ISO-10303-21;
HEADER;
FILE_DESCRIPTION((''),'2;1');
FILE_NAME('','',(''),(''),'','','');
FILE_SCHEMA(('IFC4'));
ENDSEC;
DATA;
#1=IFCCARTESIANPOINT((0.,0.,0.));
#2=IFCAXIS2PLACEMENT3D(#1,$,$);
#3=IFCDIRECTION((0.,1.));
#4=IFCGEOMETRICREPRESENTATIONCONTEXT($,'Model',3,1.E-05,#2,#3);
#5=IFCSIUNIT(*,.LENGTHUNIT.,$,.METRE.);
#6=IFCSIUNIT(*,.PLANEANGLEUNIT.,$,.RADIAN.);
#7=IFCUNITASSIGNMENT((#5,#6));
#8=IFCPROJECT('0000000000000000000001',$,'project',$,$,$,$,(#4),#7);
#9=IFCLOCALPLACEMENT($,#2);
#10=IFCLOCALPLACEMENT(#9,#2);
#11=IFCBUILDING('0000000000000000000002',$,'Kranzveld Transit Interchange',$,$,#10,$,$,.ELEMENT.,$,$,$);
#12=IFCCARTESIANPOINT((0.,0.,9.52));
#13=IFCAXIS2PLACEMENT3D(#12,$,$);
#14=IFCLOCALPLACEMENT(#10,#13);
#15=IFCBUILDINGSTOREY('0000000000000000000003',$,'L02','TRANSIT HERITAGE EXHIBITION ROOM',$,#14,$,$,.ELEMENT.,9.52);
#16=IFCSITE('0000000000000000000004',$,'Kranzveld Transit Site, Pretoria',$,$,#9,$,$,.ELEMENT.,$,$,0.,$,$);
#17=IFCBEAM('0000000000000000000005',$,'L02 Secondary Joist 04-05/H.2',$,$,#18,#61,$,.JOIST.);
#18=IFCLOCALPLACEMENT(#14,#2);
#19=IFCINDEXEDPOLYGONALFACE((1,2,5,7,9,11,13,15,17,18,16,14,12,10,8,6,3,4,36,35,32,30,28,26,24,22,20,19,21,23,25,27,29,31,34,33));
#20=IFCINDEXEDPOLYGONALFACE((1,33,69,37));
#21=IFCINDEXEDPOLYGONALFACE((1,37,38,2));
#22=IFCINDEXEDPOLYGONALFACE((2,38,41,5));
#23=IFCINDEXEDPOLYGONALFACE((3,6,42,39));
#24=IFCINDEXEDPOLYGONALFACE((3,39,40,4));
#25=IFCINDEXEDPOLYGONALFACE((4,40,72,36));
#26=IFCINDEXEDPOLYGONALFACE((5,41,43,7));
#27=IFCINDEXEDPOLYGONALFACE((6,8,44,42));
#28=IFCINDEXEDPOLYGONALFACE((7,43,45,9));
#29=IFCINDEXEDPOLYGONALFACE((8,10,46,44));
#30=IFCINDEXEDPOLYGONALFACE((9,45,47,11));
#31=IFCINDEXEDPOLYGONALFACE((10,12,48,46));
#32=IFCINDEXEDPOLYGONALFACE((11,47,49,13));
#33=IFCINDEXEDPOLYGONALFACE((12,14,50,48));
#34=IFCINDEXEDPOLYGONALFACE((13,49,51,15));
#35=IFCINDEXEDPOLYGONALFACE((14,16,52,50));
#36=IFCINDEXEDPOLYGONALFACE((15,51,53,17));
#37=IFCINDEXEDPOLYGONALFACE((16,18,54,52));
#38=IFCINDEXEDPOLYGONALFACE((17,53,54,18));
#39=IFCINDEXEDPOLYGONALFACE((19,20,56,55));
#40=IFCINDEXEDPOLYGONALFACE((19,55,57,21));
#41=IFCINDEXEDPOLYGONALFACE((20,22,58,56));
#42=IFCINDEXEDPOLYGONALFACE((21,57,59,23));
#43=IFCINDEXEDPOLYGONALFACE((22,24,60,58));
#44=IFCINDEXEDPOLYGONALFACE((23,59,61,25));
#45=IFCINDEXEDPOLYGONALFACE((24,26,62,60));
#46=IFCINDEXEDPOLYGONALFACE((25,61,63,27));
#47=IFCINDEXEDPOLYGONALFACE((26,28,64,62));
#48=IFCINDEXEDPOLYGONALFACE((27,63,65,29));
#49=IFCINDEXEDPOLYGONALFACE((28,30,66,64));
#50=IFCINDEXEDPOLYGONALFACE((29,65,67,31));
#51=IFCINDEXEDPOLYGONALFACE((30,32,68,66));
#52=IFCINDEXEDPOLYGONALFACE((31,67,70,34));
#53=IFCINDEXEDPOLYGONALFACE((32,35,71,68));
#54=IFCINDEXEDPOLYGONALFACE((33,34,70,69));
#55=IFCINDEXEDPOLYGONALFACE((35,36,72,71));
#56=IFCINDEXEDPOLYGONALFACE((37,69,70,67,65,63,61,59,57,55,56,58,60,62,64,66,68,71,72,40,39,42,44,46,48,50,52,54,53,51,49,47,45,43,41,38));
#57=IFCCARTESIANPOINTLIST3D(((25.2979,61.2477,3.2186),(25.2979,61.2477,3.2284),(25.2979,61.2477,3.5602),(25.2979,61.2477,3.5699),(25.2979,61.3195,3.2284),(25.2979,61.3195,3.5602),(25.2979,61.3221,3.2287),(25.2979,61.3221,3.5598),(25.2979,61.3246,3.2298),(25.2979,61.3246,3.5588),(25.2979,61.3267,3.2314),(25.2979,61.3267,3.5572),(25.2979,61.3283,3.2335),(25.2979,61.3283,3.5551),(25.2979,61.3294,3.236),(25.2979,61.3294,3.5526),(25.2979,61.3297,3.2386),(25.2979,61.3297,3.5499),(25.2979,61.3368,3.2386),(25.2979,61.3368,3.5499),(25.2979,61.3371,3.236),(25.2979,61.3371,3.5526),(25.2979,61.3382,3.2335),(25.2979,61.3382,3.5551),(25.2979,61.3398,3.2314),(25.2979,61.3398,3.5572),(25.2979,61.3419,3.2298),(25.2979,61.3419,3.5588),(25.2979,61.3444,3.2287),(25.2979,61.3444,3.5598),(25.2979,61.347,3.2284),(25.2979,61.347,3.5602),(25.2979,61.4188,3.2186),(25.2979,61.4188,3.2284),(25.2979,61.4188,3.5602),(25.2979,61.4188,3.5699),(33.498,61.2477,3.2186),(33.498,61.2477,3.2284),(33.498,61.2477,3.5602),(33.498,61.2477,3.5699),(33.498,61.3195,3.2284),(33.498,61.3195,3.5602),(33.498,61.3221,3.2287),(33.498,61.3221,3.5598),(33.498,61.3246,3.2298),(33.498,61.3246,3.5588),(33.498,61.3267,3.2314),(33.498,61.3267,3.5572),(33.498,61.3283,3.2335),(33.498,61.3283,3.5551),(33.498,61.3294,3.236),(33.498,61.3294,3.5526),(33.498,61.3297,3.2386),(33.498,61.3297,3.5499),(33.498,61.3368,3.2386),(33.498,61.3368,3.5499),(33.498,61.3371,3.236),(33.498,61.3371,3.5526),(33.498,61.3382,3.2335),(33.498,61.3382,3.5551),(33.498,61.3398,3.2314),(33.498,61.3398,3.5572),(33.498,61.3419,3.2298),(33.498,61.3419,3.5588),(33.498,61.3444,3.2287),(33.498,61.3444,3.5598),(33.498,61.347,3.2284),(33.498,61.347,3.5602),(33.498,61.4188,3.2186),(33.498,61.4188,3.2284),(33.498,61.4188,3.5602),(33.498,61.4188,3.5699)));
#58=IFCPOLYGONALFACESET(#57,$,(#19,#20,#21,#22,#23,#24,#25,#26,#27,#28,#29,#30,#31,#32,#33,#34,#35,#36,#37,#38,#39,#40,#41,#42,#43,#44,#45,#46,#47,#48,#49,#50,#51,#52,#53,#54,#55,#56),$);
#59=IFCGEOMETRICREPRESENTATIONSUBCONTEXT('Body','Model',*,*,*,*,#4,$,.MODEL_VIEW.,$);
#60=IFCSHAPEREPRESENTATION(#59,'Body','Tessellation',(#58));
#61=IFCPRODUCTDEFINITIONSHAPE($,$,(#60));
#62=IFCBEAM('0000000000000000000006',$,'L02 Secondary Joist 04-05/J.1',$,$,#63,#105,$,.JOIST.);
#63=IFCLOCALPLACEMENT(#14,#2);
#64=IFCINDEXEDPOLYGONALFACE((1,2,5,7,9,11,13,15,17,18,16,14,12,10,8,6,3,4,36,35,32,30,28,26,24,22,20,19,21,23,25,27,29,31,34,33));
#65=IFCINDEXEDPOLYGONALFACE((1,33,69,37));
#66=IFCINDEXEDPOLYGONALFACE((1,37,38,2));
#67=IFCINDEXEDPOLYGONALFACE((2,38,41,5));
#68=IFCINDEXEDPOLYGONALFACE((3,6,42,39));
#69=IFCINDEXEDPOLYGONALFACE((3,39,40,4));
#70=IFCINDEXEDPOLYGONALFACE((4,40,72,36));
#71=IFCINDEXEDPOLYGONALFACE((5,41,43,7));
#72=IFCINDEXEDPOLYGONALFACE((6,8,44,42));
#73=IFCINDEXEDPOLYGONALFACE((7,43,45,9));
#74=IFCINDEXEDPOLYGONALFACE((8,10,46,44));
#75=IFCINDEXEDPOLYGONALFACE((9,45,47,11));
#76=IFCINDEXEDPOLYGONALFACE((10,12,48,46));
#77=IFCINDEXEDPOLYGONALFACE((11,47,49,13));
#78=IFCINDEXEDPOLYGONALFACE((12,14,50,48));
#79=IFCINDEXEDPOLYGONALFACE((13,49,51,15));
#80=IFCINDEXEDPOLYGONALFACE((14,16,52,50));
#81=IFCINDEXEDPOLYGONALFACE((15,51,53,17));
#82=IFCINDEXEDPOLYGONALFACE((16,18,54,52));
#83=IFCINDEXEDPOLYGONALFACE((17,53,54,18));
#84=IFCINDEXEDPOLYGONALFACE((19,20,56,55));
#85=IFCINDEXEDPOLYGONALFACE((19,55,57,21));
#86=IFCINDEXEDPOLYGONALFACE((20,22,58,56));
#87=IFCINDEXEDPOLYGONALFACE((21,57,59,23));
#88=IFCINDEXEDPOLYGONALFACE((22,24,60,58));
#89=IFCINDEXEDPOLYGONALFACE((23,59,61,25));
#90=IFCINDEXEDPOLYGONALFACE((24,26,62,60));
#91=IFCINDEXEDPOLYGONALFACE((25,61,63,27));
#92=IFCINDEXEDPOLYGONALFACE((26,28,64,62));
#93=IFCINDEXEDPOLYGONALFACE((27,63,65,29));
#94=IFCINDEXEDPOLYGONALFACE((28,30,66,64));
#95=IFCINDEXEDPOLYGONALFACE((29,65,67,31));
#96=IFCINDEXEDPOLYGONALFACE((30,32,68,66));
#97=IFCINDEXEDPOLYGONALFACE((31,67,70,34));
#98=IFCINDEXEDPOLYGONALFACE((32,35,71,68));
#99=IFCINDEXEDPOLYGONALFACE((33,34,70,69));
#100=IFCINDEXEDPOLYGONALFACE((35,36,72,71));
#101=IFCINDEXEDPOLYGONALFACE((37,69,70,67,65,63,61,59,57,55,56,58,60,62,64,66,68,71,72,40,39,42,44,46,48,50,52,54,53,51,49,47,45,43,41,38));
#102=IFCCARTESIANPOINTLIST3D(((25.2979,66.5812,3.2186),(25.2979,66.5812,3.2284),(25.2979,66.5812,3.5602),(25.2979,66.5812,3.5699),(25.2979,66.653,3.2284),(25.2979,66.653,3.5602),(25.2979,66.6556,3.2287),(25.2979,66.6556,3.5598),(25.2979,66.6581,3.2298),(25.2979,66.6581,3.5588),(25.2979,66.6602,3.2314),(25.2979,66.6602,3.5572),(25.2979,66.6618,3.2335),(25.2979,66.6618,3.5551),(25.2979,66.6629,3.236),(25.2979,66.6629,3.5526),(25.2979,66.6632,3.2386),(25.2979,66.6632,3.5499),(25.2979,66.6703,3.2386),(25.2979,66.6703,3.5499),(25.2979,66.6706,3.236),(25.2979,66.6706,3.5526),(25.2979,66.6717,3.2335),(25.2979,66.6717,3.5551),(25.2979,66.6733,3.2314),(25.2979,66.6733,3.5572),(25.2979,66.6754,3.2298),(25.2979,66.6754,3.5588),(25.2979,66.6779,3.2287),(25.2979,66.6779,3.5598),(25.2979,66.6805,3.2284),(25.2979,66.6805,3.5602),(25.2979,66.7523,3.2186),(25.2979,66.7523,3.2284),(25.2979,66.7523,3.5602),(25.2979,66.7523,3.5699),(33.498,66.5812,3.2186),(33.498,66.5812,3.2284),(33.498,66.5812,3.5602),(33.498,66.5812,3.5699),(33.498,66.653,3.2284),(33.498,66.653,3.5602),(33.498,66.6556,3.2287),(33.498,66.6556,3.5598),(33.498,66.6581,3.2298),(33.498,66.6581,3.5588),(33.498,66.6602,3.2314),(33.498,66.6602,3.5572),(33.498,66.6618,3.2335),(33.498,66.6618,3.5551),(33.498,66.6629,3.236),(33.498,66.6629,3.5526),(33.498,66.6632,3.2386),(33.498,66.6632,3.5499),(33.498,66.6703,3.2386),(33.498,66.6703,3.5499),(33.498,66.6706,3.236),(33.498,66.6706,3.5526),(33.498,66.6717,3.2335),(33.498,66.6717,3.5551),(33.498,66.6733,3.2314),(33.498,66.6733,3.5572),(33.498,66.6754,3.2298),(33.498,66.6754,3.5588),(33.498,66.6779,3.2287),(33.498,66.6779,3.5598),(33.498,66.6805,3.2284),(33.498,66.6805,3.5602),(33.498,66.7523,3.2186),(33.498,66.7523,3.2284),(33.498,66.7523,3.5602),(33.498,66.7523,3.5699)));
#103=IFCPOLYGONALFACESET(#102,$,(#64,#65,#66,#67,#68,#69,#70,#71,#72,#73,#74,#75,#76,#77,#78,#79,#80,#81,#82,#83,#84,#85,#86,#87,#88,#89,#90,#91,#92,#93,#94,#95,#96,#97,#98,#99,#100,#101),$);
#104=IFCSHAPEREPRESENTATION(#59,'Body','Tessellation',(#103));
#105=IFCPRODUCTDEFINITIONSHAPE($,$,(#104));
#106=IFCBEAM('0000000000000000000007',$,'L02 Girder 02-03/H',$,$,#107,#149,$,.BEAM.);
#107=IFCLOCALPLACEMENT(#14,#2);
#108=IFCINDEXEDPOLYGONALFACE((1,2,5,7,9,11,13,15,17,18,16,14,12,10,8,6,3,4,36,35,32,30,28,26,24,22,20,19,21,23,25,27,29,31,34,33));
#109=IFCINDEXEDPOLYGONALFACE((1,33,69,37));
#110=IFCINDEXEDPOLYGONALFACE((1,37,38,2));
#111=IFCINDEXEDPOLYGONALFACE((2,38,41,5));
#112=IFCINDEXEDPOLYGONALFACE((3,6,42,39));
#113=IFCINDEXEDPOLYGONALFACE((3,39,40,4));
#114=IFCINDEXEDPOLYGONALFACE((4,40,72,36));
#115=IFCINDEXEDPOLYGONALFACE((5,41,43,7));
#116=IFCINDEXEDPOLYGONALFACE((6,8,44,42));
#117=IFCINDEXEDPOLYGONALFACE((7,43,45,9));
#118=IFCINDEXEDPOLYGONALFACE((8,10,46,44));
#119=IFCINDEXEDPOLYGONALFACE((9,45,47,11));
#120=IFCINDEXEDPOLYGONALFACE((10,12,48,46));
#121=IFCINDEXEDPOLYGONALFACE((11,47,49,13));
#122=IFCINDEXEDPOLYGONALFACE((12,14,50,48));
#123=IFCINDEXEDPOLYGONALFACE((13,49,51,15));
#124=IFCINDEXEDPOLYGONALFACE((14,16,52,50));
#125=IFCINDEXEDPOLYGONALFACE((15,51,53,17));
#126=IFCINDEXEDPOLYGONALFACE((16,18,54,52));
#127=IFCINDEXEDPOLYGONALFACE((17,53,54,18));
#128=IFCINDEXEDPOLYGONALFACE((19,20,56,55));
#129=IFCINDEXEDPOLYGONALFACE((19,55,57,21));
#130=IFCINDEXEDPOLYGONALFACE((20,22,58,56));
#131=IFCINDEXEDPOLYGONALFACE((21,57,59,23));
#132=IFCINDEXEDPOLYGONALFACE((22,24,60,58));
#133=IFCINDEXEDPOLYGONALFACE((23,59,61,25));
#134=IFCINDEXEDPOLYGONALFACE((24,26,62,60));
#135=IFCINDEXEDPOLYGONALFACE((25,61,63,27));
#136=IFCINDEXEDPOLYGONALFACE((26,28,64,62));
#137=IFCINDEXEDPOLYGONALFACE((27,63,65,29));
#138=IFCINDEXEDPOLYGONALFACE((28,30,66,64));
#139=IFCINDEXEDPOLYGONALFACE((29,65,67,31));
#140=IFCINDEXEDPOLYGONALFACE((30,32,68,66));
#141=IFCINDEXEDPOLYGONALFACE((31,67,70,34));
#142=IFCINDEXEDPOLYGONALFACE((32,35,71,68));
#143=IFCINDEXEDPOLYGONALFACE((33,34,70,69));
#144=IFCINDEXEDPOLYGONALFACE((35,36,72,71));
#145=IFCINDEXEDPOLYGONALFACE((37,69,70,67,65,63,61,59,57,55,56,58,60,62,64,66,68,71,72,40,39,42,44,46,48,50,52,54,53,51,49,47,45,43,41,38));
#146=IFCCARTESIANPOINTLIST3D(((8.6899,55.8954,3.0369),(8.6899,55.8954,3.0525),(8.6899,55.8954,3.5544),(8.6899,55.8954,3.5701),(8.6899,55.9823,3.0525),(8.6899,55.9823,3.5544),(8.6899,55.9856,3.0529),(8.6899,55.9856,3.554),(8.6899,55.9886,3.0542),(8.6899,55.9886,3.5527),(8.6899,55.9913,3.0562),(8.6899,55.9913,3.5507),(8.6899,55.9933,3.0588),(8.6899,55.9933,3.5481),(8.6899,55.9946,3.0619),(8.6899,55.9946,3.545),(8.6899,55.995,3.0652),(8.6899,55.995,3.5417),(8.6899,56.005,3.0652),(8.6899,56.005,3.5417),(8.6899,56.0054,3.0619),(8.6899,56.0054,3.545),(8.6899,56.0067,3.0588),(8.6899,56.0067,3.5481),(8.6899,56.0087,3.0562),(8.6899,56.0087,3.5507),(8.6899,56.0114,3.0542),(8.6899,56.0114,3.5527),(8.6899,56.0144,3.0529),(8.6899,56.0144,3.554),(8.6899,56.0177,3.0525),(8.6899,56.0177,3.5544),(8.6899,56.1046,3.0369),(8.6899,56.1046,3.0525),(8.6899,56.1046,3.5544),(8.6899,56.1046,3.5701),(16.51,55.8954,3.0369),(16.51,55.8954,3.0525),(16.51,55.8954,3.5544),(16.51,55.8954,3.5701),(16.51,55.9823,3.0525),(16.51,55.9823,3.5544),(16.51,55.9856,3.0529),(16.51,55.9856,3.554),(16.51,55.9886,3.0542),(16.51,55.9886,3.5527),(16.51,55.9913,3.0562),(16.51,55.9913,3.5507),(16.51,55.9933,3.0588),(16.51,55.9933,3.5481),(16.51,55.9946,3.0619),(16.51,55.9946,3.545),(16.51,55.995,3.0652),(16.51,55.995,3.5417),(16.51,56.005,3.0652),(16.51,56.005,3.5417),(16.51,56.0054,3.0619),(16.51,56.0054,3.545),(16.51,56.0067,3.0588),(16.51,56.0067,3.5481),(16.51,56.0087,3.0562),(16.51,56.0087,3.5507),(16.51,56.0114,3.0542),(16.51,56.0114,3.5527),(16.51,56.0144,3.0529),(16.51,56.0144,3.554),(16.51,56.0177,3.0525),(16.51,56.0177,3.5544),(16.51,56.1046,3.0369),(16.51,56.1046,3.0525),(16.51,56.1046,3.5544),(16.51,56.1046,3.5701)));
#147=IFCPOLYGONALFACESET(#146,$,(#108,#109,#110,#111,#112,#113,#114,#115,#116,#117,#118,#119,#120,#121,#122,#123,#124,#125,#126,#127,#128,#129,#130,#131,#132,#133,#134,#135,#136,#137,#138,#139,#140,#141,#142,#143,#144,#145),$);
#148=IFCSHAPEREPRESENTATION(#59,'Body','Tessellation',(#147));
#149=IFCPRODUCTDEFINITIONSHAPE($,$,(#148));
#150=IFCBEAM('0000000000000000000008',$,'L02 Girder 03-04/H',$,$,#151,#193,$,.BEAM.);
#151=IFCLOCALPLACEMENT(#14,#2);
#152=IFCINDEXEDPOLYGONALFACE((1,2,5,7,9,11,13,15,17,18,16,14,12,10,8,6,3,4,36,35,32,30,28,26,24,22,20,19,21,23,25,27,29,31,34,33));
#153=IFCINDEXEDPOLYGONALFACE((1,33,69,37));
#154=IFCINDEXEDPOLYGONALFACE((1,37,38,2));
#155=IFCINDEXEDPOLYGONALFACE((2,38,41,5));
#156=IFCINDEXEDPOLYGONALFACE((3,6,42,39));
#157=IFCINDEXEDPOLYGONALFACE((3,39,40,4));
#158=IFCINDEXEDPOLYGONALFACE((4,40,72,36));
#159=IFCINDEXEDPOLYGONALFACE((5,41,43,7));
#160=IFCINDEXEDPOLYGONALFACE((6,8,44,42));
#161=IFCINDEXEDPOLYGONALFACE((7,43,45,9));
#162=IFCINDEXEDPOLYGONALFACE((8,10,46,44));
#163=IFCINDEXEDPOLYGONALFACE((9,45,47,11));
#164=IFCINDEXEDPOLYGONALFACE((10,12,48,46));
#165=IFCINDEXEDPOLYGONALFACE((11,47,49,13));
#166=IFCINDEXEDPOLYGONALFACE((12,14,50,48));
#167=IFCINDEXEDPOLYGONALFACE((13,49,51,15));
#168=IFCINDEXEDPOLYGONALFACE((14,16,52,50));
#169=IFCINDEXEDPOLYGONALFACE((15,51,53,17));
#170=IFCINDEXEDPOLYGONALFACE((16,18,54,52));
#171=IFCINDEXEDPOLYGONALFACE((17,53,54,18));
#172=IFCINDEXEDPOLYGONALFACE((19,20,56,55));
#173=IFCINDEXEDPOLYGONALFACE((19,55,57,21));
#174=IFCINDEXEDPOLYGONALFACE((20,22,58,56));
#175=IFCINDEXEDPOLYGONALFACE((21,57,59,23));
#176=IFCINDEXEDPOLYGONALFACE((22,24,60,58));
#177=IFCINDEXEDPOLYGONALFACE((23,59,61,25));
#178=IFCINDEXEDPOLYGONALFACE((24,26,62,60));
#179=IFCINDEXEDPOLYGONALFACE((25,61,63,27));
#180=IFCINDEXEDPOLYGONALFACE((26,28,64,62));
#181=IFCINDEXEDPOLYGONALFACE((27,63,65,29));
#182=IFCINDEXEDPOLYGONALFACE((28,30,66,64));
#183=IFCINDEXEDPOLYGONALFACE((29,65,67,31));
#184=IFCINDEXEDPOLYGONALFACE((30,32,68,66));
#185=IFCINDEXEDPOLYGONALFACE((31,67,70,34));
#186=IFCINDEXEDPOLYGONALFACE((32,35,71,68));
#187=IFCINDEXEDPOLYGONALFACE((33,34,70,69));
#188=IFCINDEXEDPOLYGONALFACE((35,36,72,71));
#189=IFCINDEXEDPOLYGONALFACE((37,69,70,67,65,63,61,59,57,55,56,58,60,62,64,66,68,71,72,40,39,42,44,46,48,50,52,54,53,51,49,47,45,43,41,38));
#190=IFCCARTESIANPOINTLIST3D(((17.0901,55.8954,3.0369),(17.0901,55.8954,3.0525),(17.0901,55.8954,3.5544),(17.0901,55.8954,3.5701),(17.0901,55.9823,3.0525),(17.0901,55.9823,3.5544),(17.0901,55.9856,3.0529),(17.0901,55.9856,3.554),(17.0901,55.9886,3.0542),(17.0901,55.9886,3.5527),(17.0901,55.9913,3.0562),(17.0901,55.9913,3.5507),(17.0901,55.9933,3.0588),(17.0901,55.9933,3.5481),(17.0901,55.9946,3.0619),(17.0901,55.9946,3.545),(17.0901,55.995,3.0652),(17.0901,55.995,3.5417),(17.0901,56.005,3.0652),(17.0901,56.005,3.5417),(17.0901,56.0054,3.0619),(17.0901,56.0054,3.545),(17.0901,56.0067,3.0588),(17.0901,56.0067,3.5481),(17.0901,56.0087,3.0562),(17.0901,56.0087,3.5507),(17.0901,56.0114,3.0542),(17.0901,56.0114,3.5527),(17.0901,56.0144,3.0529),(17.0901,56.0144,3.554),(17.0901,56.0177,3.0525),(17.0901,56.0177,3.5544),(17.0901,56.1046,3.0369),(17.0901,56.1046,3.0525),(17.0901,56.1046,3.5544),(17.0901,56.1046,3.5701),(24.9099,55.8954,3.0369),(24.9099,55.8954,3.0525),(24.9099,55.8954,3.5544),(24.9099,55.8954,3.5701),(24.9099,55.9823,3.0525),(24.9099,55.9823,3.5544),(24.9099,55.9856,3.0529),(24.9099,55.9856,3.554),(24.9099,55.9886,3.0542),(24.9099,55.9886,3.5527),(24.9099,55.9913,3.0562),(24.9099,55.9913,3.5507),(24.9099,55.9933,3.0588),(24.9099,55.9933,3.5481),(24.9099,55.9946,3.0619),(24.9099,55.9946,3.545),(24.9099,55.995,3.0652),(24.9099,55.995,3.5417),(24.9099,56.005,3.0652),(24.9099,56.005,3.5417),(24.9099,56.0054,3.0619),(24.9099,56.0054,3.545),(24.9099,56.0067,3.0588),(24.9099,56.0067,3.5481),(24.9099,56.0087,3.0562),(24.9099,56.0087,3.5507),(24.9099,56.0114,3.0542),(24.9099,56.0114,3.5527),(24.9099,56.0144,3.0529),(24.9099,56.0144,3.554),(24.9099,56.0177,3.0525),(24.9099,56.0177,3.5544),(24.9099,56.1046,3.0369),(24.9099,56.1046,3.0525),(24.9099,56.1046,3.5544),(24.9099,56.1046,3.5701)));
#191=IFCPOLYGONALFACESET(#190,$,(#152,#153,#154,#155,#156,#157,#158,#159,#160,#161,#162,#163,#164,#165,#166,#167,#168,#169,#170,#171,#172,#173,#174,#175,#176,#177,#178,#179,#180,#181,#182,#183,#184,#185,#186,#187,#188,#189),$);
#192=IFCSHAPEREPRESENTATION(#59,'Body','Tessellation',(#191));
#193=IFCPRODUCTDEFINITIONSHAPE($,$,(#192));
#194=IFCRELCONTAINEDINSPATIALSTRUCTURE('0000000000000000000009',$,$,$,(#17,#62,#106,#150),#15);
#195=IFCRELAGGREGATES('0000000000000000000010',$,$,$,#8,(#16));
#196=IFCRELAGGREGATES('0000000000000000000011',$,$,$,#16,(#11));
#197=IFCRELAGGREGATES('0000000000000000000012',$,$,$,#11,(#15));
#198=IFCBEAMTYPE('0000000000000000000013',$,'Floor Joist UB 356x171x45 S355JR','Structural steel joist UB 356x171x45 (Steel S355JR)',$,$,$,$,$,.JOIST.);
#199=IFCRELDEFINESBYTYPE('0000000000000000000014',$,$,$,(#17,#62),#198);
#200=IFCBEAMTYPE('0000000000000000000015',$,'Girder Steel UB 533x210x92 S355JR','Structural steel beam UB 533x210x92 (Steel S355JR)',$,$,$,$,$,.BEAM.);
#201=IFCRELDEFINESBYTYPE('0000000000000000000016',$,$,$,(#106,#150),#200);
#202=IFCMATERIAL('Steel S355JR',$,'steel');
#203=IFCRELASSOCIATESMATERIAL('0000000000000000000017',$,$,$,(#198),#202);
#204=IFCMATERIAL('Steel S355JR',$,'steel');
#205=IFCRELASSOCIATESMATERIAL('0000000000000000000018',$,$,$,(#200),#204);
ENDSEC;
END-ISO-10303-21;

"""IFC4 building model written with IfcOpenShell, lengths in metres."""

from ifc_helpers import new_model, si_unit, direction, frame, origin, origin_2d, place, context, subcontext, project, spatial, i_section, extrude, material, material_profile, profile_set, type_object, element, save


model = new_model("IFC4")

# Units and contexts
model_context = context("Model", 3, precision=1e-05, world=origin(), true_north=direction((0.0, 1.0)))
body_context = subcontext(model_context, "Body", "Model", "MODEL_VIEW")
ifc_project = project(units=[si_unit("LENGTHUNIT", "METRE"), si_unit("PLANEANGLEUNIT", "RADIAN")], contexts=[model_context])

# Site, building, storey
site_placement = place(None, origin())
site = spatial("IfcSite", under=ifc_project, at=site_placement, Name="Kranzveld Transit Site, Pretoria", CompositionType="ELEMENT", RefElevation=0.0)
building_placement = place(site_placement, origin())
building = spatial("IfcBuilding", under=site, at=building_placement, Name="Kranzveld Transit Interchange", CompositionType="ELEMENT")
storey_placement = place(building_placement, frame((0.0, 0.0, 9.52)))
storey = spatial("IfcBuildingStorey", under=building, at=storey_placement, Name="L02", Description="TRANSIT HERITAGE EXHIBITION ROOM", CompositionType="ELEMENT", Elevation=9.52)

# Beams
ifc_material_1 = material(Name="Steel S355JR", Category="steel")
ifc_material_profile_1 = material_profile(ifc_material_1, i_section(OverallWidth=0.1711, OverallDepth=0.3513, WebThickness=0.0071, FlangeThickness=0.0098, FilletRadius=0.0103, at=origin_2d()), Name="UB 356x171x45")
ifc_profile_set_1 = profile_set([ifc_material_profile_1], Name="Steel S355JR")
beam_type_1 = type_object("IfcBeamType", Name="Floor Joist UB 356x171x45 S355JR", Description="Structural steel joist UB 356x171x45 (Steel S355JR)", PredefinedType="JOIST", material=ifc_profile_set_1)
for number, where, z_axis, x_axis, name in (
    (1, (25.2979, 61.3333, 3.3943), (1.0, 0.0, 0.0), (0.0, 1.0, 0.0), "L02 Secondary Joist 04-05/H.2"),
    (2, (25.2979, 66.6667, 3.3943), (1.0, 0.0, 0.0), (0.0, 1.0, 0.0), "L02 Secondary Joist 04-05/J.1"),
):
    element("IfcBeam", number, at=place(storey_placement, frame(where, z_axis=z_axis, x_axis=x_axis)), inside=storey, type_object=beam_type_1, Name=name, PredefinedType="JOIST", context=body_context, shape_type="SweptSolid", body=[
        extrude(i_section(OverallWidth=0.1711, OverallDepth=0.3513, WebThickness=0.0071, FlangeThickness=0.0098, FilletRadius=0.0103, at=origin_2d()), origin(), (0.0, 0.0, 1.0), 8.2002),
    ])
ifc_material_2 = material(Name="Steel S355JR", Category="steel")
ifc_material_profile_2 = material_profile(ifc_material_2, i_section(OverallWidth=0.2092, OverallDepth=0.5332, WebThickness=0.01, FlangeThickness=0.0156, FilletRadius=0.0127, at=origin_2d()), Name="UB 533x210x92")
ifc_profile_set_2 = profile_set([ifc_material_profile_2], Name="Steel S355JR")
beam_type_2 = type_object("IfcBeamType", Name="Girder Steel UB 533x210x92 S355JR", Description="Structural steel beam UB 533x210x92 (Steel S355JR)", PredefinedType="BEAM", material=ifc_profile_set_2)
beam_1_placement = place(storey_placement, frame((8.6899, 56.0, 3.3035), z_axis=(1.0, 0.0, 0.0), x_axis=(0.0, 1.0, 0.0)))
element("IfcBeam", 3, at=beam_1_placement, inside=storey, type_object=beam_type_2, Name="L02 Girder 02-03/H", PredefinedType="BEAM", context=body_context, shape_type="SweptSolid", body=[
    extrude(i_section(OverallWidth=0.2092, OverallDepth=0.5332, WebThickness=0.01, FlangeThickness=0.0156, FilletRadius=0.0127, at=origin_2d()), origin(), (0.0, 0.0, 1.0), 7.8201),
])
beam_2_placement = place(storey_placement, frame((17.0901, 56.0, 3.3035), z_axis=(1.0, 0.0, 0.0), x_axis=(0.0, 1.0, 0.0)))
element("IfcBeam", 4, at=beam_2_placement, inside=storey, type_object=beam_type_2, Name="L02 Girder 03-04/H", PredefinedType="BEAM", context=body_context, shape_type="SweptSolid", body=[
    extrude(i_section(OverallWidth=0.2092, OverallDepth=0.5332, WebThickness=0.01, FlangeThickness=0.0156, FilletRadius=0.0127, at=origin_2d()), origin(), (0.0, 0.0, 1.0), 7.8198),
])

save(model, "model.ifc")
